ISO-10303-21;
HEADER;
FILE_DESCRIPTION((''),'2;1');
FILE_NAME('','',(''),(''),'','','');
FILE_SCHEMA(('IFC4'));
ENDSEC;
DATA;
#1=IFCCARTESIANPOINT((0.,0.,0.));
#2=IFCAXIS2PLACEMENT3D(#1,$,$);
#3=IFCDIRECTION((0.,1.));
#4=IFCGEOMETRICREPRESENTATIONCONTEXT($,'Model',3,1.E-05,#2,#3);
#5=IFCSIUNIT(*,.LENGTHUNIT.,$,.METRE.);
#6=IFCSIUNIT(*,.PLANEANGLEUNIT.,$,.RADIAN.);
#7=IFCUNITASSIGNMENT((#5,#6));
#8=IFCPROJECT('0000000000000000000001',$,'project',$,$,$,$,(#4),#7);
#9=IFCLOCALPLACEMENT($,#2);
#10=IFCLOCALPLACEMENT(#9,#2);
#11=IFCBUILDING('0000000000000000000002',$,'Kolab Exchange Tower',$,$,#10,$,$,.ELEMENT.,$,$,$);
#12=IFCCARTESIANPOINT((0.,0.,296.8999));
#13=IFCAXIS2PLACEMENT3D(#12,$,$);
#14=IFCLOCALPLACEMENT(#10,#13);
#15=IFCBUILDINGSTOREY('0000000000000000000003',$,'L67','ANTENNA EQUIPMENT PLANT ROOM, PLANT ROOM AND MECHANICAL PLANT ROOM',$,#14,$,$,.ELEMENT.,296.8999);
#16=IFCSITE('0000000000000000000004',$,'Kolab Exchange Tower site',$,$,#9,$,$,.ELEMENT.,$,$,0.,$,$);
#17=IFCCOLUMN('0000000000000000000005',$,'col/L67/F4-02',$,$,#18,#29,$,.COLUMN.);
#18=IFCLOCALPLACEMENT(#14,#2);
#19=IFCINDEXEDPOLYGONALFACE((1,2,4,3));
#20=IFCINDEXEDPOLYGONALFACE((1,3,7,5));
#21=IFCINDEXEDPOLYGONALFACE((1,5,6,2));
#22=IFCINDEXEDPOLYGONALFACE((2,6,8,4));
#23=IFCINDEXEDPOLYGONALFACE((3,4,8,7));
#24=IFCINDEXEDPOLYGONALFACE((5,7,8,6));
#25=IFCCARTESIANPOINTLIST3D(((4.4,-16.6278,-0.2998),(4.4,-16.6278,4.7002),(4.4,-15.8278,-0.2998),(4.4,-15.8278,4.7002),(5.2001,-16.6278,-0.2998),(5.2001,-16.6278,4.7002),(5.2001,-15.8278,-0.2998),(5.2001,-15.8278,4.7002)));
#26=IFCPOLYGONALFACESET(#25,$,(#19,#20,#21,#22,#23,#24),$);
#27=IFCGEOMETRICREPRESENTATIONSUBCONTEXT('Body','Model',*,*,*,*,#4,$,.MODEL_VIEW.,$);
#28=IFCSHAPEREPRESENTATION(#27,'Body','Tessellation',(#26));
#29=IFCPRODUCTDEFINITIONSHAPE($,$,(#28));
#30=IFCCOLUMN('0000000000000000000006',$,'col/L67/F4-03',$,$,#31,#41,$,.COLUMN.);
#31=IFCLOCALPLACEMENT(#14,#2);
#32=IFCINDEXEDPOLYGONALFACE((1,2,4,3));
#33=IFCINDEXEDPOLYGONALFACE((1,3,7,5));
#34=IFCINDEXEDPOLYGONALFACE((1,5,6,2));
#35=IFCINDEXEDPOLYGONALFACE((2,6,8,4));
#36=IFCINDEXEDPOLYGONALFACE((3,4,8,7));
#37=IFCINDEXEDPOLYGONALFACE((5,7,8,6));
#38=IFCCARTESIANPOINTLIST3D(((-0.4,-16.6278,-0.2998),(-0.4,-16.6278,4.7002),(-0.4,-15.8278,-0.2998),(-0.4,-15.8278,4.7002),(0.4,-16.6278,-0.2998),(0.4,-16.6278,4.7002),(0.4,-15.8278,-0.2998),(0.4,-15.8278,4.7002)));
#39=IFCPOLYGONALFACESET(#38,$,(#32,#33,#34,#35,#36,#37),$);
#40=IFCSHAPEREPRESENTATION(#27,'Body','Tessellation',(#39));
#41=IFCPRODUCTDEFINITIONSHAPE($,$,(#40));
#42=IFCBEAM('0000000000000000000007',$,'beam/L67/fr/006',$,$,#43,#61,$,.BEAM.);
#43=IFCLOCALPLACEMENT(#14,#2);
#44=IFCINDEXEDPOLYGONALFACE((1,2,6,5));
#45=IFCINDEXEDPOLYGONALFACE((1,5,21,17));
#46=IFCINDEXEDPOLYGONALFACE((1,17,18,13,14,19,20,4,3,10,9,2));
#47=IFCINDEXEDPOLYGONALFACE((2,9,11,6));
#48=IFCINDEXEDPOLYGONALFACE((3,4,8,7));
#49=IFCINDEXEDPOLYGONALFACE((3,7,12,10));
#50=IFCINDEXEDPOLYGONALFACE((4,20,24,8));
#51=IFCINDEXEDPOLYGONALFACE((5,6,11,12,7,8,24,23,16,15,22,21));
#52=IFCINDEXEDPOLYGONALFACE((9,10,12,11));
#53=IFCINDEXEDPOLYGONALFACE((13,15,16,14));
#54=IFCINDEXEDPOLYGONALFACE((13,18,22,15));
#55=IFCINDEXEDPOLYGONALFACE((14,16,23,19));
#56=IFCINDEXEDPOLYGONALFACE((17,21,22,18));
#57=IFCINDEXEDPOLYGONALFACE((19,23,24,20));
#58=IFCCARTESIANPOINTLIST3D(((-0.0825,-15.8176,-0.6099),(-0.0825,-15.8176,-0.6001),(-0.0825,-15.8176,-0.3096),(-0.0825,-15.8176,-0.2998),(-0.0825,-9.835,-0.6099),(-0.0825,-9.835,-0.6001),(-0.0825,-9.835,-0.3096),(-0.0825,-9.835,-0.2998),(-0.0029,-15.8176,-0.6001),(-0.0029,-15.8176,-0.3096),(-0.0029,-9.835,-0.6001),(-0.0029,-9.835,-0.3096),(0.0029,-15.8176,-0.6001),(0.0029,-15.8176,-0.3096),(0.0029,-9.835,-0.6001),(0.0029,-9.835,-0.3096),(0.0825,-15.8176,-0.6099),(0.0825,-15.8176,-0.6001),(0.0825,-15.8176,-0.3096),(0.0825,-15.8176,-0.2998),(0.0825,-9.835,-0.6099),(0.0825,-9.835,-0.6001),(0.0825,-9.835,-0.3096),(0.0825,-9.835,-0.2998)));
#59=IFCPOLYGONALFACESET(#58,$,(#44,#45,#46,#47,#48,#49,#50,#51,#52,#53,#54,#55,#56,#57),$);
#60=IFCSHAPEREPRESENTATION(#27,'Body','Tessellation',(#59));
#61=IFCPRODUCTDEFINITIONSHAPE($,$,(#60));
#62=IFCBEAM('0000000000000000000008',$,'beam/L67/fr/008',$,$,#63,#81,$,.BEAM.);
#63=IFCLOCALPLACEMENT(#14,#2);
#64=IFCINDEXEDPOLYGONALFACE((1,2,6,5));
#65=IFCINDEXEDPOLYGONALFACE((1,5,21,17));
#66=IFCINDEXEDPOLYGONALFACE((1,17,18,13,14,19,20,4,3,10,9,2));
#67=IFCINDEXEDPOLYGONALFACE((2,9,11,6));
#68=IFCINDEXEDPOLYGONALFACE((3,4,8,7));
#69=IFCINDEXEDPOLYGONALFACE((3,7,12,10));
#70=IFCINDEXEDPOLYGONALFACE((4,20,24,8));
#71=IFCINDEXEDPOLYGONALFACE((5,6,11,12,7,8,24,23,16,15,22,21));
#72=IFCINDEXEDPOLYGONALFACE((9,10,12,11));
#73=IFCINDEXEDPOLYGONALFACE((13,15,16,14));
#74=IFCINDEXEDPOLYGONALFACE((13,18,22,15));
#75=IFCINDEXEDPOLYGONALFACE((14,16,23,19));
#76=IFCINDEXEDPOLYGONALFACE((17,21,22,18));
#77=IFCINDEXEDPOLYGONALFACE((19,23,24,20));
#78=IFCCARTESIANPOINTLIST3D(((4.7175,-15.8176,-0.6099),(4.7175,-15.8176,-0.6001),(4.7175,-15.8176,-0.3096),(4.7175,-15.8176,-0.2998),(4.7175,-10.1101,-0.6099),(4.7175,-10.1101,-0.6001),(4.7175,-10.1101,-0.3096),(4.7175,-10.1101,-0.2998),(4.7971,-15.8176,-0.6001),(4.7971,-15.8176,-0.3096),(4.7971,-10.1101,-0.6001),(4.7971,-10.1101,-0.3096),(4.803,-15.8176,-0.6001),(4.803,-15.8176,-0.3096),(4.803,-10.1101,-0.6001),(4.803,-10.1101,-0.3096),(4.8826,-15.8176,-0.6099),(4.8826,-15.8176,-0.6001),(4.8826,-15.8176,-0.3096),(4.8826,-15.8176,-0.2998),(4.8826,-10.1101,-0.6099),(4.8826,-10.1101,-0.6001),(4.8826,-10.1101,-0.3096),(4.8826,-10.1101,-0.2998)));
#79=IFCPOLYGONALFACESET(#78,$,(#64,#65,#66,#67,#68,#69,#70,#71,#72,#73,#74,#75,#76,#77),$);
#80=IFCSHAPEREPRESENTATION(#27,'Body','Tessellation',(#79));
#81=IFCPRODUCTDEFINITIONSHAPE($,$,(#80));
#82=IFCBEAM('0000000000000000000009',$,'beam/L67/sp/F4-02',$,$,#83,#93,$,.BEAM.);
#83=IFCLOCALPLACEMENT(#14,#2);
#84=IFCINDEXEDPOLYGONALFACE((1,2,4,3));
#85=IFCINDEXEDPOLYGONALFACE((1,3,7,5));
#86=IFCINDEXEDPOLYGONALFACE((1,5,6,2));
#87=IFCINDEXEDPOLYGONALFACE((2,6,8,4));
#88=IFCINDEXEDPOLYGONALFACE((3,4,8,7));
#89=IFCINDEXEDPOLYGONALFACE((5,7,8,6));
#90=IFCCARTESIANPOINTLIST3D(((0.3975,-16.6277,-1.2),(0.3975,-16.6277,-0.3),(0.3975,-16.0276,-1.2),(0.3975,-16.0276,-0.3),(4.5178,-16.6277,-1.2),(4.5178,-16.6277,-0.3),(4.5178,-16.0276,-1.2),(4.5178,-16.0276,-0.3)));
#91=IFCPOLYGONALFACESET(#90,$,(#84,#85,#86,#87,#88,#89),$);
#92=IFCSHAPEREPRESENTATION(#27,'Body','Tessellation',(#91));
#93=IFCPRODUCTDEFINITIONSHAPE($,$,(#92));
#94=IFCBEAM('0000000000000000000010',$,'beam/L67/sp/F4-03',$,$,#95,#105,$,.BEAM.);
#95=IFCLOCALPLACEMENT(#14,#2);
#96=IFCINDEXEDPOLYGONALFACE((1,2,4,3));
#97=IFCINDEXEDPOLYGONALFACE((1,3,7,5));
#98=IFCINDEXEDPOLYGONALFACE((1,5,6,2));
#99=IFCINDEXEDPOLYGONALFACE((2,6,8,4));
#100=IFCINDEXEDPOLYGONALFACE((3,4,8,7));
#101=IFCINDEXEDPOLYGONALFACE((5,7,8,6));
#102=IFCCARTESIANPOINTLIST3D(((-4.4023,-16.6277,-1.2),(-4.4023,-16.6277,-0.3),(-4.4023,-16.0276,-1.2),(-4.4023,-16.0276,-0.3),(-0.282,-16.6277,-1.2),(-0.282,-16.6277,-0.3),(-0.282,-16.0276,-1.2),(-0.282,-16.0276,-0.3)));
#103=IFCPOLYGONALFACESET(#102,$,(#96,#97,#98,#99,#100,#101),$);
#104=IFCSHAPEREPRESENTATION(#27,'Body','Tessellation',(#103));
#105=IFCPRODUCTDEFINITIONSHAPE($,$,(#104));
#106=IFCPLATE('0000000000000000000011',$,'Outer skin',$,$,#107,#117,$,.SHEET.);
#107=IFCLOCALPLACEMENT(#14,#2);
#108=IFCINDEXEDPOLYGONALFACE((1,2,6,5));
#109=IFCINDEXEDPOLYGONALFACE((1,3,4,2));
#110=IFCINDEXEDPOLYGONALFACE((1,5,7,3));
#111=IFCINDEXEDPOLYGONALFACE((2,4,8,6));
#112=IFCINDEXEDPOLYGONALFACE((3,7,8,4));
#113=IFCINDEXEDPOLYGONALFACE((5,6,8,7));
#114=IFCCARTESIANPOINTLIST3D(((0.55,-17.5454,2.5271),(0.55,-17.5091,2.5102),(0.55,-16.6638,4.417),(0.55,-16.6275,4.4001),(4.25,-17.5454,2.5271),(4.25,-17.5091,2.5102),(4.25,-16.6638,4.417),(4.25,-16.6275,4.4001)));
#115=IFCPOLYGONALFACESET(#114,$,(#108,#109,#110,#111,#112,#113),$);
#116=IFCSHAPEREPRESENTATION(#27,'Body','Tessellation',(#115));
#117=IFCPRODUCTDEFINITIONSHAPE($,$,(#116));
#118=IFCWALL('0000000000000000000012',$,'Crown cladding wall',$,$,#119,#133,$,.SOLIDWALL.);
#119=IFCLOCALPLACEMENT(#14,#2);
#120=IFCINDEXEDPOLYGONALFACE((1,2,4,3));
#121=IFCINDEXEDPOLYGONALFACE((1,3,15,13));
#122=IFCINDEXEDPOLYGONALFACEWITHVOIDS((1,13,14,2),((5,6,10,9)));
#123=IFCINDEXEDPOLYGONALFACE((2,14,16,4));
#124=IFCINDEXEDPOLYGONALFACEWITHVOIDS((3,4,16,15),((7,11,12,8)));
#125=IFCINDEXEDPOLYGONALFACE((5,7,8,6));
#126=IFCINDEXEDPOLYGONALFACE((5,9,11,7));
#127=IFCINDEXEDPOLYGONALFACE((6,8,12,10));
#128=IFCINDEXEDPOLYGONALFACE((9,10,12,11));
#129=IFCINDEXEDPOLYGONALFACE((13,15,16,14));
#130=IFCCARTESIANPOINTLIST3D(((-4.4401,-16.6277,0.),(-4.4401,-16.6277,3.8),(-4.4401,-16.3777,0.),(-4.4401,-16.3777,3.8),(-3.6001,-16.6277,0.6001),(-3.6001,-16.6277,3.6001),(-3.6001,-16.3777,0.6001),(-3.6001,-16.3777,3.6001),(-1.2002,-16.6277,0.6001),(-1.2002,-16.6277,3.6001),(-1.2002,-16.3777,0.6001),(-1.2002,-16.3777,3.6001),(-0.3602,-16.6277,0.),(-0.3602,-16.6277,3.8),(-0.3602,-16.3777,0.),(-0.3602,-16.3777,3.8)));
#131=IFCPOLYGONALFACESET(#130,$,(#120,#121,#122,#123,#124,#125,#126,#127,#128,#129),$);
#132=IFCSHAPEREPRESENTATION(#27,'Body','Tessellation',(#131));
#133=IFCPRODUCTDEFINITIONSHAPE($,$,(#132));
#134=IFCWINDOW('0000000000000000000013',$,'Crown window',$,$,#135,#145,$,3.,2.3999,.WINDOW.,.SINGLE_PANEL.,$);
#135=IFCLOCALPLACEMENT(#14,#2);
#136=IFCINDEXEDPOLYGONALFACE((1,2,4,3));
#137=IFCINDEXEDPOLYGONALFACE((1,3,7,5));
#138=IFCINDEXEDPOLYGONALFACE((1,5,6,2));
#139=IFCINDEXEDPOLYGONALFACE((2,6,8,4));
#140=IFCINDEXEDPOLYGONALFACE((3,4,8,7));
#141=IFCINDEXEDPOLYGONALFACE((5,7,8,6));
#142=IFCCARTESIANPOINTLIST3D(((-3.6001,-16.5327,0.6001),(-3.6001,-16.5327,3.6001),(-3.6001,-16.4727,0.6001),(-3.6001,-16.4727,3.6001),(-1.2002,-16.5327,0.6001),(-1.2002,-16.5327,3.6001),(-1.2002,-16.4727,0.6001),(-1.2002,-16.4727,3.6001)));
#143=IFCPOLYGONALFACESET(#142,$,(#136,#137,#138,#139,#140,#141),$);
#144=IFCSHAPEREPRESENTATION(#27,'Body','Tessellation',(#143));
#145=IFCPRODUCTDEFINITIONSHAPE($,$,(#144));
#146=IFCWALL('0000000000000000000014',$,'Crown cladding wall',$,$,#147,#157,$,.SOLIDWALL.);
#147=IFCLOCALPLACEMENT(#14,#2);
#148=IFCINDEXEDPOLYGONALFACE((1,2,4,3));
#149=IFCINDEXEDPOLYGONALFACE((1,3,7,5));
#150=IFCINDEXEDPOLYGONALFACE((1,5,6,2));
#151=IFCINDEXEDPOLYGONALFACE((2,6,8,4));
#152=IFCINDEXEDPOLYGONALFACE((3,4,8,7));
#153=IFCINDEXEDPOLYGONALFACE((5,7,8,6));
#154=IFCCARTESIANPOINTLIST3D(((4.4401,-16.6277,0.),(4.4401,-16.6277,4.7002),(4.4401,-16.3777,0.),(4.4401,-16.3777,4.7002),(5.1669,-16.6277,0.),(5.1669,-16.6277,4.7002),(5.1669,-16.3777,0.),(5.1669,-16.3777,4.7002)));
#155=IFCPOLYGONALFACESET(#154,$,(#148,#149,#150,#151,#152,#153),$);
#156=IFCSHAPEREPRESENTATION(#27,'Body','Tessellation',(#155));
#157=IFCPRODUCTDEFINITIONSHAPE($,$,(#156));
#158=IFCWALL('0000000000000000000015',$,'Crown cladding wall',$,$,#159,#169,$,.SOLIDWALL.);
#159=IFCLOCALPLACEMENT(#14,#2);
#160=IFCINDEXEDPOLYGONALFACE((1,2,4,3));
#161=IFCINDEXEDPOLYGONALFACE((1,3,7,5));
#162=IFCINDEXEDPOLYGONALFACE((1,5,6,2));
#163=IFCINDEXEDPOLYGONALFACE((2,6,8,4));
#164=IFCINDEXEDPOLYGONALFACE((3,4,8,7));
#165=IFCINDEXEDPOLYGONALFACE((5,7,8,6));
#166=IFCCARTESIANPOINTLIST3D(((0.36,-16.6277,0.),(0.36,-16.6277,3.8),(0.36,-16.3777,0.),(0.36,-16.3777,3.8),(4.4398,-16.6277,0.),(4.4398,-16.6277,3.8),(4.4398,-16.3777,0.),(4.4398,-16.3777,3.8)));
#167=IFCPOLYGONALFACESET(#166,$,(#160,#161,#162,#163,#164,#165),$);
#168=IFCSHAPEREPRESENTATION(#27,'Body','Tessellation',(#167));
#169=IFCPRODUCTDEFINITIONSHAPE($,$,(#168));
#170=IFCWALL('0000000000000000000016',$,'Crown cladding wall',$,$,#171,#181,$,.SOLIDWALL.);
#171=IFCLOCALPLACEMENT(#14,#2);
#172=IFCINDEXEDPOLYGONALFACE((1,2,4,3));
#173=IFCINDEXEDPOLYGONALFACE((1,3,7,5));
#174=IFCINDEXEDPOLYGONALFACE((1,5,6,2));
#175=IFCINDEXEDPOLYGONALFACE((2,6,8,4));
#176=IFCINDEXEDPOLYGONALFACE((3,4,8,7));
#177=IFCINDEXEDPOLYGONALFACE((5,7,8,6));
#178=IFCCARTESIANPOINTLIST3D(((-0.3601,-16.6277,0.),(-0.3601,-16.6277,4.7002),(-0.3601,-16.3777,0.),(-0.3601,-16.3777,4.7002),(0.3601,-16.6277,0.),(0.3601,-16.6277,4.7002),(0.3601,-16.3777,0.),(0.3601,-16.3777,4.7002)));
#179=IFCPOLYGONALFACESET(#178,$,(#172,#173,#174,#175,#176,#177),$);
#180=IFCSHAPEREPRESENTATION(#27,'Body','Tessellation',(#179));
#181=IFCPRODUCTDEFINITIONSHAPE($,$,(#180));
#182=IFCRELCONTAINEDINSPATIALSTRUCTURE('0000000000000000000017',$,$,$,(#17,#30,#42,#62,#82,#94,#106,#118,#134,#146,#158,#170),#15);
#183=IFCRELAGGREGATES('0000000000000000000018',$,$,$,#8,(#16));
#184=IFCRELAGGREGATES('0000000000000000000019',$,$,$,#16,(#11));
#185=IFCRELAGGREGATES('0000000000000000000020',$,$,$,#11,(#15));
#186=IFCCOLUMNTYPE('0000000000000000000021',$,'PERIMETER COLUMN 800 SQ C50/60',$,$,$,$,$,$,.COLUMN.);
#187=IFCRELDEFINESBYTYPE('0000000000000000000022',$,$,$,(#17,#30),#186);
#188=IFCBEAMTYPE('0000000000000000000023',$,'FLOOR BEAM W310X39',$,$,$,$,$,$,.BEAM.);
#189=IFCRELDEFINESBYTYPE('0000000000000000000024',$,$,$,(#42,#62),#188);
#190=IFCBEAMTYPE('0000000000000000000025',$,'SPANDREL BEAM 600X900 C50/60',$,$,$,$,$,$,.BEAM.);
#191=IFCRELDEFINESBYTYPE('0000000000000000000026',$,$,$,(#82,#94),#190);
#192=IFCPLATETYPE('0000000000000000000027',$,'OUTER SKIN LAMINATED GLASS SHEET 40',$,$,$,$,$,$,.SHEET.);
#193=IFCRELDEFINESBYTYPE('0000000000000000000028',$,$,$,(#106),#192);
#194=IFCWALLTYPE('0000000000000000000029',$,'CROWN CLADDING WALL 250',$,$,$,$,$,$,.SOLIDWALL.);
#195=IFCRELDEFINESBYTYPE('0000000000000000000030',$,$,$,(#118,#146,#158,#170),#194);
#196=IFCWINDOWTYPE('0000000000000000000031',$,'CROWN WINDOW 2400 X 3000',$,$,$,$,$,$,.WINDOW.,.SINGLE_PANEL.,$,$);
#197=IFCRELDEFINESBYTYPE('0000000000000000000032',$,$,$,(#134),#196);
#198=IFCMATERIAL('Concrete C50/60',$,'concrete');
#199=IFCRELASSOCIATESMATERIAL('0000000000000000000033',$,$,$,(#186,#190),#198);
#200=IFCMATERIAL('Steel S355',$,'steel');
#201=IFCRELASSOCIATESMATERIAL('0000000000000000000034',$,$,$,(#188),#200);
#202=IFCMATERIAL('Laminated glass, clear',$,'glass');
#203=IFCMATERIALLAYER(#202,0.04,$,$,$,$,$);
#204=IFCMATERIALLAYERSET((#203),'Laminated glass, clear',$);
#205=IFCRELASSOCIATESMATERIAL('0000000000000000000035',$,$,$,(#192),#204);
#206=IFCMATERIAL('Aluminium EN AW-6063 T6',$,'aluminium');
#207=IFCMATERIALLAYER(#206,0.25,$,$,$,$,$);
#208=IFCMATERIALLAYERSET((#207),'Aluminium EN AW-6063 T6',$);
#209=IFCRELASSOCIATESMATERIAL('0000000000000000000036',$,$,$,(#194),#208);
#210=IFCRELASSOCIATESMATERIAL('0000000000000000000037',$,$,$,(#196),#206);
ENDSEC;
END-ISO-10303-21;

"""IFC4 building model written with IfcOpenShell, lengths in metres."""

from ifc_helpers import new_model, si_unit, direction, frame, frame_2d, origin, origin_2d, place, context, subcontext, project, spatial, polyline, rectangle, i_section, outline, extrude, material, layer, layer_set, material_profile, profile_set, type_object, element, fill, save


model = new_model("IFC4")

# Units and contexts
model_context = context("Model", 3, precision=1e-05, world=origin(), true_north=direction((0.0, 1.0)))
body_context = subcontext(model_context, "Body", "Model", "MODEL_VIEW")
ifc_project = project(units=[si_unit("LENGTHUNIT", "METRE"), si_unit("PLANEANGLEUNIT", "RADIAN")], contexts=[model_context])

# Site, building, storey
site_placement = place(None, origin())
site = spatial("IfcSite", under=ifc_project, at=site_placement, Name="Kolab Exchange Tower site", CompositionType="ELEMENT", RefElevation=0.0)
building_placement = place(site_placement, origin())
building = spatial("IfcBuilding", under=site, at=building_placement, Name="Kolab Exchange Tower", CompositionType="ELEMENT")
storey_placement = place(building_placement, frame((0.0, 0.0, 296.8999)))
storey = spatial("IfcBuildingStorey", under=building, at=storey_placement, Name="L67", Description="ANTENNA EQUIPMENT PLANT ROOM, PLANT ROOM AND MECHANICAL PLANT ROOM", CompositionType="ELEMENT", Elevation=296.8999)

# Columns
ifc_material_1 = material(Name="Concrete C50/60", Category="concrete")
ifc_material_profile_1 = material_profile(ifc_material_1, rectangle(XDim=0.8, YDim=0.8, at=origin_2d()), Name="RC800")
ifc_profile_set_1 = profile_set([ifc_material_profile_1], Name="Concrete C50/60")
column_type = type_object("IfcColumnType", Name="PERIMETER COLUMN 800 SQ C50/60", PredefinedType="COLUMN", material=ifc_profile_set_1)
for number, where, z_axis, x_axis, name in (
    (1, (4.8, -16.2278, -0.2998), (0.0, 0.0, 1.0), (1.0, 0.0, 0.0), "col/L67/F4-02"),
    (2, (0.0, -16.2278, -0.2998), (0.0, 0.0, 1.0), (1.0, 0.0, 0.0), "col/L67/F4-03"),
):
    element("IfcColumn", number, at=place(storey_placement, frame(where, z_axis=z_axis, x_axis=x_axis)), inside=storey, type_object=column_type, Name=name, PredefinedType="COLUMN", context=body_context, shape_type="SweptSolid", body=[
        extrude(rectangle(XDim=0.8, YDim=0.8, at=origin_2d()), origin(), (0.0, 0.0, 1.0), 5.0),
    ])

# Beams
ifc_material_2 = material(Name="Steel S355", Category="steel")
ifc_material_profile_2 = material_profile(ifc_material_2, i_section(OverallWidth=0.165, OverallDepth=0.3101, WebThickness=0.0059, FlangeThickness=0.0098, at=origin_2d()), Name="W310X39")
ifc_profile_set_2 = profile_set([ifc_material_profile_2], Name="Steel S355")
beam_type_1 = type_object("IfcBeamType", Name="FLOOR BEAM W310X39", PredefinedType="BEAM", material=ifc_profile_set_2)
beam_1_placement = place(storey_placement, frame((0.0, -15.8176, -0.4548), z_axis=(0.0, 1.0, 0.0), x_axis=(-1.0, 0.0, 0.0)))
element("IfcBeam", 3, at=beam_1_placement, inside=storey, type_object=beam_type_1, Name="beam/L67/fr/006", PredefinedType="BEAM", context=body_context, shape_type="SweptSolid", body=[
    extrude(i_section(OverallWidth=0.165, OverallDepth=0.3101, WebThickness=0.0059, FlangeThickness=0.0098, at=origin_2d()), origin(), (0.0, 0.0, 1.0), 5.9827),
])
beam_2_placement = place(storey_placement, frame((4.8, -15.8176, -0.4548), z_axis=(0.0, 1.0, 0.0), x_axis=(-1.0, 0.0, 0.0)))
element("IfcBeam", 4, at=beam_2_placement, inside=storey, type_object=beam_type_1, Name="beam/L67/fr/008", PredefinedType="BEAM", context=body_context, shape_type="SweptSolid", body=[
    extrude(i_section(OverallWidth=0.165, OverallDepth=0.3101, WebThickness=0.0059, FlangeThickness=0.0098, at=origin_2d()), origin(), (0.0, 0.0, 1.0), 5.7075),
])
ifc_material_profile_3 = material_profile(ifc_material_1, rectangle(XDim=0.6001, YDim=0.8999, at=origin_2d()), Name="RC600X900")
ifc_profile_set_3 = profile_set([ifc_material_profile_3], Name="Concrete C50/60")
beam_type_2 = type_object("IfcBeamType", Name="SPANDREL BEAM 600X900 C50/60", PredefinedType="BEAM", material=ifc_profile_set_3)
for number, where, z_axis, x_axis, name in (
    (5, (4.5178, -16.3276, -0.75), (-1.0, 0.0, 0.0), (0.0, -1.0, 0.0), "beam/L67/sp/F4-02"),
    (6, (-0.282, -16.3276, -0.75), (-1.0, 0.0, 0.0), (0.0, -1.0, 0.0), "beam/L67/sp/F4-03"),
):
    element("IfcBeam", number, at=place(storey_placement, frame(where, z_axis=z_axis, x_axis=x_axis)), inside=storey, type_object=beam_type_2, Name=name, PredefinedType="BEAM", context=body_context, shape_type="SweptSolid", body=[
        extrude(rectangle(XDim=0.6001, YDim=0.8999, at=origin_2d()), origin(), (0.0, 0.0, 1.0), 4.1204),
    ])

# Plate
ifc_material_3 = material(Name="Laminated glass, clear", Category="glass")
ifc_layer_1 = layer(ifc_material_3, 0.04)
ifc_layer_set_1 = layer_set([ifc_layer_1], Name="Laminated glass, clear")
plate_type = type_object("IfcPlateType", Name="OUTER SKIN LAMINATED GLASS SHEET 40", PredefinedType="SHEET", material=ifc_layer_set_1)
plate_placement = place(storey_placement, frame((4.25, -17.5454, 2.5271), z_axis=(0.0, -0.906249, 0.422744), x_axis=(-1.0, 0.0, 0.0)))
element("IfcPlate", 7, at=plate_placement, inside=storey, type_object=plate_type, Name="Outer skin", PredefinedType="SHEET", context=body_context, shape_type="SweptSolid", body=[
    extrude(outline(polyline([(0.0, 0.0), (3.7, 0.0), (3.7, -2.0854), (0.0, -2.0854), (0.0, 0.0)])), origin(), (0.0, 0.0, -1.0), 0.04),
])

# Wall, opening, window
ifc_material_4 = material(Name="Aluminium EN AW-6063 T6", Category="aluminium")
ifc_layer_2 = layer(ifc_material_4, 0.25)
ifc_layer_set_2 = layer_set([ifc_layer_2], Name="Aluminium EN AW-6063 T6")
wall_type_1 = type_object("IfcWallType", Name="CROWN CLADDING WALL 250", PredefinedType="SOLIDWALL", material=ifc_layer_set_2)
wall_1_placement = place(storey_placement, frame((-0.3601, -16.5027, 0.0), z_axis=(0.0, 0.0, 1.0), x_axis=(-1.0, 0.0, 0.0)))
wall_1 = element("IfcWall", 8, at=wall_1_placement, inside=storey, type_object=wall_type_1, Name="Crown cladding wall", PredefinedType="SOLIDWALL", context=body_context, shape_type="SweptSolid", body=[
    extrude(rectangle(XDim=4.0798, YDim=0.25, at=frame_2d((2.04, 0.0))), origin(), (0.0, 0.0, 1.0), 3.8),
])
opening_placement = place(wall_1_placement, frame((0.8401, 0.0, 0.6001)))
opening = element("IfcOpeningElement", 9, at=opening_placement, cuts=wall_1, PredefinedType="OPENING", context=body_context, shape_type="SweptSolid", body=[
    extrude(rectangle(XDim=2.3999, YDim=3.0, at=frame_2d((1.2, 1.5))), frame((0.0, 0.135, 0.0), z_axis=(0.0, -1.0, 0.0), x_axis=(1.0, 0.0, 0.0)), (0.0, 0.0, 1.0), 0.27),
])
window_type = type_object("IfcWindowType", Name="CROWN WINDOW 2400 X 3000", PartitioningType="SINGLE_PANEL", PredefinedType="WINDOW", material=ifc_material_4)
window_placement = place(opening_placement, origin())
window = element("IfcWindow", 10, at=window_placement, inside=storey, type_object=window_type, Name="Crown window", OverallHeight=3.0, OverallWidth=2.3999, PartitioningType="SINGLE_PANEL", PredefinedType="WINDOW", context=body_context, shape_type="SweptSolid", body=[
    extrude(rectangle(XDim=2.3999, YDim=3.0, at=frame_2d((1.2, 1.5))), frame((0.0, 0.03, 0.0), z_axis=(0.0, -1.0, 0.0), x_axis=(1.0, 0.0, 0.0)), (0.0, 0.0, 1.0), 0.0601),
])
fill(opening, window)

# Walls
wall_2_placement = place(storey_placement, frame((5.1667, -16.5027, 0.0), z_axis=(0.0, 0.0, 1.0), x_axis=(-1.0, 0.0, 0.0)))
element("IfcWall", 11, at=wall_2_placement, inside=storey, type_object=wall_type_1, Name="Crown cladding wall", PredefinedType="SOLIDWALL", context=body_context, shape_type="SweptSolid", body=[
    extrude(rectangle(XDim=0.7268, YDim=0.25, at=frame_2d((0.3633, 0.0))), origin(), (0.0, 0.0, 1.0), 4.7002),
])
wall_3_placement = place(storey_placement, frame((4.4399, -16.5027, 0.0), z_axis=(0.0, 0.0, 1.0), x_axis=(-1.0, 0.0, 0.0)))
element("IfcWall", 12, at=wall_3_placement, inside=storey, type_object=wall_type_1, Name="Crown cladding wall", PredefinedType="SOLIDWALL", context=body_context, shape_type="SweptSolid", body=[
    extrude(rectangle(XDim=4.0798, YDim=0.25, at=frame_2d((2.04, 0.0))), origin(), (0.0, 0.0, 1.0), 3.8),
])
wall_4_placement = place(storey_placement, frame((0.3601, -16.5027, 0.0), z_axis=(0.0, 0.0, 1.0), x_axis=(-1.0, 0.0, 0.0)))
element("IfcWall", 13, at=wall_4_placement, inside=storey, type_object=wall_type_1, Name="Crown cladding wall", PredefinedType="SOLIDWALL", context=body_context, shape_type="SweptSolid", body=[
    extrude(rectangle(XDim=0.7202, YDim=0.25, at=frame_2d((0.3601, 0.0))), origin(), (0.0, 0.0, 1.0), 4.7002),
])

save(model, "model.ifc")
